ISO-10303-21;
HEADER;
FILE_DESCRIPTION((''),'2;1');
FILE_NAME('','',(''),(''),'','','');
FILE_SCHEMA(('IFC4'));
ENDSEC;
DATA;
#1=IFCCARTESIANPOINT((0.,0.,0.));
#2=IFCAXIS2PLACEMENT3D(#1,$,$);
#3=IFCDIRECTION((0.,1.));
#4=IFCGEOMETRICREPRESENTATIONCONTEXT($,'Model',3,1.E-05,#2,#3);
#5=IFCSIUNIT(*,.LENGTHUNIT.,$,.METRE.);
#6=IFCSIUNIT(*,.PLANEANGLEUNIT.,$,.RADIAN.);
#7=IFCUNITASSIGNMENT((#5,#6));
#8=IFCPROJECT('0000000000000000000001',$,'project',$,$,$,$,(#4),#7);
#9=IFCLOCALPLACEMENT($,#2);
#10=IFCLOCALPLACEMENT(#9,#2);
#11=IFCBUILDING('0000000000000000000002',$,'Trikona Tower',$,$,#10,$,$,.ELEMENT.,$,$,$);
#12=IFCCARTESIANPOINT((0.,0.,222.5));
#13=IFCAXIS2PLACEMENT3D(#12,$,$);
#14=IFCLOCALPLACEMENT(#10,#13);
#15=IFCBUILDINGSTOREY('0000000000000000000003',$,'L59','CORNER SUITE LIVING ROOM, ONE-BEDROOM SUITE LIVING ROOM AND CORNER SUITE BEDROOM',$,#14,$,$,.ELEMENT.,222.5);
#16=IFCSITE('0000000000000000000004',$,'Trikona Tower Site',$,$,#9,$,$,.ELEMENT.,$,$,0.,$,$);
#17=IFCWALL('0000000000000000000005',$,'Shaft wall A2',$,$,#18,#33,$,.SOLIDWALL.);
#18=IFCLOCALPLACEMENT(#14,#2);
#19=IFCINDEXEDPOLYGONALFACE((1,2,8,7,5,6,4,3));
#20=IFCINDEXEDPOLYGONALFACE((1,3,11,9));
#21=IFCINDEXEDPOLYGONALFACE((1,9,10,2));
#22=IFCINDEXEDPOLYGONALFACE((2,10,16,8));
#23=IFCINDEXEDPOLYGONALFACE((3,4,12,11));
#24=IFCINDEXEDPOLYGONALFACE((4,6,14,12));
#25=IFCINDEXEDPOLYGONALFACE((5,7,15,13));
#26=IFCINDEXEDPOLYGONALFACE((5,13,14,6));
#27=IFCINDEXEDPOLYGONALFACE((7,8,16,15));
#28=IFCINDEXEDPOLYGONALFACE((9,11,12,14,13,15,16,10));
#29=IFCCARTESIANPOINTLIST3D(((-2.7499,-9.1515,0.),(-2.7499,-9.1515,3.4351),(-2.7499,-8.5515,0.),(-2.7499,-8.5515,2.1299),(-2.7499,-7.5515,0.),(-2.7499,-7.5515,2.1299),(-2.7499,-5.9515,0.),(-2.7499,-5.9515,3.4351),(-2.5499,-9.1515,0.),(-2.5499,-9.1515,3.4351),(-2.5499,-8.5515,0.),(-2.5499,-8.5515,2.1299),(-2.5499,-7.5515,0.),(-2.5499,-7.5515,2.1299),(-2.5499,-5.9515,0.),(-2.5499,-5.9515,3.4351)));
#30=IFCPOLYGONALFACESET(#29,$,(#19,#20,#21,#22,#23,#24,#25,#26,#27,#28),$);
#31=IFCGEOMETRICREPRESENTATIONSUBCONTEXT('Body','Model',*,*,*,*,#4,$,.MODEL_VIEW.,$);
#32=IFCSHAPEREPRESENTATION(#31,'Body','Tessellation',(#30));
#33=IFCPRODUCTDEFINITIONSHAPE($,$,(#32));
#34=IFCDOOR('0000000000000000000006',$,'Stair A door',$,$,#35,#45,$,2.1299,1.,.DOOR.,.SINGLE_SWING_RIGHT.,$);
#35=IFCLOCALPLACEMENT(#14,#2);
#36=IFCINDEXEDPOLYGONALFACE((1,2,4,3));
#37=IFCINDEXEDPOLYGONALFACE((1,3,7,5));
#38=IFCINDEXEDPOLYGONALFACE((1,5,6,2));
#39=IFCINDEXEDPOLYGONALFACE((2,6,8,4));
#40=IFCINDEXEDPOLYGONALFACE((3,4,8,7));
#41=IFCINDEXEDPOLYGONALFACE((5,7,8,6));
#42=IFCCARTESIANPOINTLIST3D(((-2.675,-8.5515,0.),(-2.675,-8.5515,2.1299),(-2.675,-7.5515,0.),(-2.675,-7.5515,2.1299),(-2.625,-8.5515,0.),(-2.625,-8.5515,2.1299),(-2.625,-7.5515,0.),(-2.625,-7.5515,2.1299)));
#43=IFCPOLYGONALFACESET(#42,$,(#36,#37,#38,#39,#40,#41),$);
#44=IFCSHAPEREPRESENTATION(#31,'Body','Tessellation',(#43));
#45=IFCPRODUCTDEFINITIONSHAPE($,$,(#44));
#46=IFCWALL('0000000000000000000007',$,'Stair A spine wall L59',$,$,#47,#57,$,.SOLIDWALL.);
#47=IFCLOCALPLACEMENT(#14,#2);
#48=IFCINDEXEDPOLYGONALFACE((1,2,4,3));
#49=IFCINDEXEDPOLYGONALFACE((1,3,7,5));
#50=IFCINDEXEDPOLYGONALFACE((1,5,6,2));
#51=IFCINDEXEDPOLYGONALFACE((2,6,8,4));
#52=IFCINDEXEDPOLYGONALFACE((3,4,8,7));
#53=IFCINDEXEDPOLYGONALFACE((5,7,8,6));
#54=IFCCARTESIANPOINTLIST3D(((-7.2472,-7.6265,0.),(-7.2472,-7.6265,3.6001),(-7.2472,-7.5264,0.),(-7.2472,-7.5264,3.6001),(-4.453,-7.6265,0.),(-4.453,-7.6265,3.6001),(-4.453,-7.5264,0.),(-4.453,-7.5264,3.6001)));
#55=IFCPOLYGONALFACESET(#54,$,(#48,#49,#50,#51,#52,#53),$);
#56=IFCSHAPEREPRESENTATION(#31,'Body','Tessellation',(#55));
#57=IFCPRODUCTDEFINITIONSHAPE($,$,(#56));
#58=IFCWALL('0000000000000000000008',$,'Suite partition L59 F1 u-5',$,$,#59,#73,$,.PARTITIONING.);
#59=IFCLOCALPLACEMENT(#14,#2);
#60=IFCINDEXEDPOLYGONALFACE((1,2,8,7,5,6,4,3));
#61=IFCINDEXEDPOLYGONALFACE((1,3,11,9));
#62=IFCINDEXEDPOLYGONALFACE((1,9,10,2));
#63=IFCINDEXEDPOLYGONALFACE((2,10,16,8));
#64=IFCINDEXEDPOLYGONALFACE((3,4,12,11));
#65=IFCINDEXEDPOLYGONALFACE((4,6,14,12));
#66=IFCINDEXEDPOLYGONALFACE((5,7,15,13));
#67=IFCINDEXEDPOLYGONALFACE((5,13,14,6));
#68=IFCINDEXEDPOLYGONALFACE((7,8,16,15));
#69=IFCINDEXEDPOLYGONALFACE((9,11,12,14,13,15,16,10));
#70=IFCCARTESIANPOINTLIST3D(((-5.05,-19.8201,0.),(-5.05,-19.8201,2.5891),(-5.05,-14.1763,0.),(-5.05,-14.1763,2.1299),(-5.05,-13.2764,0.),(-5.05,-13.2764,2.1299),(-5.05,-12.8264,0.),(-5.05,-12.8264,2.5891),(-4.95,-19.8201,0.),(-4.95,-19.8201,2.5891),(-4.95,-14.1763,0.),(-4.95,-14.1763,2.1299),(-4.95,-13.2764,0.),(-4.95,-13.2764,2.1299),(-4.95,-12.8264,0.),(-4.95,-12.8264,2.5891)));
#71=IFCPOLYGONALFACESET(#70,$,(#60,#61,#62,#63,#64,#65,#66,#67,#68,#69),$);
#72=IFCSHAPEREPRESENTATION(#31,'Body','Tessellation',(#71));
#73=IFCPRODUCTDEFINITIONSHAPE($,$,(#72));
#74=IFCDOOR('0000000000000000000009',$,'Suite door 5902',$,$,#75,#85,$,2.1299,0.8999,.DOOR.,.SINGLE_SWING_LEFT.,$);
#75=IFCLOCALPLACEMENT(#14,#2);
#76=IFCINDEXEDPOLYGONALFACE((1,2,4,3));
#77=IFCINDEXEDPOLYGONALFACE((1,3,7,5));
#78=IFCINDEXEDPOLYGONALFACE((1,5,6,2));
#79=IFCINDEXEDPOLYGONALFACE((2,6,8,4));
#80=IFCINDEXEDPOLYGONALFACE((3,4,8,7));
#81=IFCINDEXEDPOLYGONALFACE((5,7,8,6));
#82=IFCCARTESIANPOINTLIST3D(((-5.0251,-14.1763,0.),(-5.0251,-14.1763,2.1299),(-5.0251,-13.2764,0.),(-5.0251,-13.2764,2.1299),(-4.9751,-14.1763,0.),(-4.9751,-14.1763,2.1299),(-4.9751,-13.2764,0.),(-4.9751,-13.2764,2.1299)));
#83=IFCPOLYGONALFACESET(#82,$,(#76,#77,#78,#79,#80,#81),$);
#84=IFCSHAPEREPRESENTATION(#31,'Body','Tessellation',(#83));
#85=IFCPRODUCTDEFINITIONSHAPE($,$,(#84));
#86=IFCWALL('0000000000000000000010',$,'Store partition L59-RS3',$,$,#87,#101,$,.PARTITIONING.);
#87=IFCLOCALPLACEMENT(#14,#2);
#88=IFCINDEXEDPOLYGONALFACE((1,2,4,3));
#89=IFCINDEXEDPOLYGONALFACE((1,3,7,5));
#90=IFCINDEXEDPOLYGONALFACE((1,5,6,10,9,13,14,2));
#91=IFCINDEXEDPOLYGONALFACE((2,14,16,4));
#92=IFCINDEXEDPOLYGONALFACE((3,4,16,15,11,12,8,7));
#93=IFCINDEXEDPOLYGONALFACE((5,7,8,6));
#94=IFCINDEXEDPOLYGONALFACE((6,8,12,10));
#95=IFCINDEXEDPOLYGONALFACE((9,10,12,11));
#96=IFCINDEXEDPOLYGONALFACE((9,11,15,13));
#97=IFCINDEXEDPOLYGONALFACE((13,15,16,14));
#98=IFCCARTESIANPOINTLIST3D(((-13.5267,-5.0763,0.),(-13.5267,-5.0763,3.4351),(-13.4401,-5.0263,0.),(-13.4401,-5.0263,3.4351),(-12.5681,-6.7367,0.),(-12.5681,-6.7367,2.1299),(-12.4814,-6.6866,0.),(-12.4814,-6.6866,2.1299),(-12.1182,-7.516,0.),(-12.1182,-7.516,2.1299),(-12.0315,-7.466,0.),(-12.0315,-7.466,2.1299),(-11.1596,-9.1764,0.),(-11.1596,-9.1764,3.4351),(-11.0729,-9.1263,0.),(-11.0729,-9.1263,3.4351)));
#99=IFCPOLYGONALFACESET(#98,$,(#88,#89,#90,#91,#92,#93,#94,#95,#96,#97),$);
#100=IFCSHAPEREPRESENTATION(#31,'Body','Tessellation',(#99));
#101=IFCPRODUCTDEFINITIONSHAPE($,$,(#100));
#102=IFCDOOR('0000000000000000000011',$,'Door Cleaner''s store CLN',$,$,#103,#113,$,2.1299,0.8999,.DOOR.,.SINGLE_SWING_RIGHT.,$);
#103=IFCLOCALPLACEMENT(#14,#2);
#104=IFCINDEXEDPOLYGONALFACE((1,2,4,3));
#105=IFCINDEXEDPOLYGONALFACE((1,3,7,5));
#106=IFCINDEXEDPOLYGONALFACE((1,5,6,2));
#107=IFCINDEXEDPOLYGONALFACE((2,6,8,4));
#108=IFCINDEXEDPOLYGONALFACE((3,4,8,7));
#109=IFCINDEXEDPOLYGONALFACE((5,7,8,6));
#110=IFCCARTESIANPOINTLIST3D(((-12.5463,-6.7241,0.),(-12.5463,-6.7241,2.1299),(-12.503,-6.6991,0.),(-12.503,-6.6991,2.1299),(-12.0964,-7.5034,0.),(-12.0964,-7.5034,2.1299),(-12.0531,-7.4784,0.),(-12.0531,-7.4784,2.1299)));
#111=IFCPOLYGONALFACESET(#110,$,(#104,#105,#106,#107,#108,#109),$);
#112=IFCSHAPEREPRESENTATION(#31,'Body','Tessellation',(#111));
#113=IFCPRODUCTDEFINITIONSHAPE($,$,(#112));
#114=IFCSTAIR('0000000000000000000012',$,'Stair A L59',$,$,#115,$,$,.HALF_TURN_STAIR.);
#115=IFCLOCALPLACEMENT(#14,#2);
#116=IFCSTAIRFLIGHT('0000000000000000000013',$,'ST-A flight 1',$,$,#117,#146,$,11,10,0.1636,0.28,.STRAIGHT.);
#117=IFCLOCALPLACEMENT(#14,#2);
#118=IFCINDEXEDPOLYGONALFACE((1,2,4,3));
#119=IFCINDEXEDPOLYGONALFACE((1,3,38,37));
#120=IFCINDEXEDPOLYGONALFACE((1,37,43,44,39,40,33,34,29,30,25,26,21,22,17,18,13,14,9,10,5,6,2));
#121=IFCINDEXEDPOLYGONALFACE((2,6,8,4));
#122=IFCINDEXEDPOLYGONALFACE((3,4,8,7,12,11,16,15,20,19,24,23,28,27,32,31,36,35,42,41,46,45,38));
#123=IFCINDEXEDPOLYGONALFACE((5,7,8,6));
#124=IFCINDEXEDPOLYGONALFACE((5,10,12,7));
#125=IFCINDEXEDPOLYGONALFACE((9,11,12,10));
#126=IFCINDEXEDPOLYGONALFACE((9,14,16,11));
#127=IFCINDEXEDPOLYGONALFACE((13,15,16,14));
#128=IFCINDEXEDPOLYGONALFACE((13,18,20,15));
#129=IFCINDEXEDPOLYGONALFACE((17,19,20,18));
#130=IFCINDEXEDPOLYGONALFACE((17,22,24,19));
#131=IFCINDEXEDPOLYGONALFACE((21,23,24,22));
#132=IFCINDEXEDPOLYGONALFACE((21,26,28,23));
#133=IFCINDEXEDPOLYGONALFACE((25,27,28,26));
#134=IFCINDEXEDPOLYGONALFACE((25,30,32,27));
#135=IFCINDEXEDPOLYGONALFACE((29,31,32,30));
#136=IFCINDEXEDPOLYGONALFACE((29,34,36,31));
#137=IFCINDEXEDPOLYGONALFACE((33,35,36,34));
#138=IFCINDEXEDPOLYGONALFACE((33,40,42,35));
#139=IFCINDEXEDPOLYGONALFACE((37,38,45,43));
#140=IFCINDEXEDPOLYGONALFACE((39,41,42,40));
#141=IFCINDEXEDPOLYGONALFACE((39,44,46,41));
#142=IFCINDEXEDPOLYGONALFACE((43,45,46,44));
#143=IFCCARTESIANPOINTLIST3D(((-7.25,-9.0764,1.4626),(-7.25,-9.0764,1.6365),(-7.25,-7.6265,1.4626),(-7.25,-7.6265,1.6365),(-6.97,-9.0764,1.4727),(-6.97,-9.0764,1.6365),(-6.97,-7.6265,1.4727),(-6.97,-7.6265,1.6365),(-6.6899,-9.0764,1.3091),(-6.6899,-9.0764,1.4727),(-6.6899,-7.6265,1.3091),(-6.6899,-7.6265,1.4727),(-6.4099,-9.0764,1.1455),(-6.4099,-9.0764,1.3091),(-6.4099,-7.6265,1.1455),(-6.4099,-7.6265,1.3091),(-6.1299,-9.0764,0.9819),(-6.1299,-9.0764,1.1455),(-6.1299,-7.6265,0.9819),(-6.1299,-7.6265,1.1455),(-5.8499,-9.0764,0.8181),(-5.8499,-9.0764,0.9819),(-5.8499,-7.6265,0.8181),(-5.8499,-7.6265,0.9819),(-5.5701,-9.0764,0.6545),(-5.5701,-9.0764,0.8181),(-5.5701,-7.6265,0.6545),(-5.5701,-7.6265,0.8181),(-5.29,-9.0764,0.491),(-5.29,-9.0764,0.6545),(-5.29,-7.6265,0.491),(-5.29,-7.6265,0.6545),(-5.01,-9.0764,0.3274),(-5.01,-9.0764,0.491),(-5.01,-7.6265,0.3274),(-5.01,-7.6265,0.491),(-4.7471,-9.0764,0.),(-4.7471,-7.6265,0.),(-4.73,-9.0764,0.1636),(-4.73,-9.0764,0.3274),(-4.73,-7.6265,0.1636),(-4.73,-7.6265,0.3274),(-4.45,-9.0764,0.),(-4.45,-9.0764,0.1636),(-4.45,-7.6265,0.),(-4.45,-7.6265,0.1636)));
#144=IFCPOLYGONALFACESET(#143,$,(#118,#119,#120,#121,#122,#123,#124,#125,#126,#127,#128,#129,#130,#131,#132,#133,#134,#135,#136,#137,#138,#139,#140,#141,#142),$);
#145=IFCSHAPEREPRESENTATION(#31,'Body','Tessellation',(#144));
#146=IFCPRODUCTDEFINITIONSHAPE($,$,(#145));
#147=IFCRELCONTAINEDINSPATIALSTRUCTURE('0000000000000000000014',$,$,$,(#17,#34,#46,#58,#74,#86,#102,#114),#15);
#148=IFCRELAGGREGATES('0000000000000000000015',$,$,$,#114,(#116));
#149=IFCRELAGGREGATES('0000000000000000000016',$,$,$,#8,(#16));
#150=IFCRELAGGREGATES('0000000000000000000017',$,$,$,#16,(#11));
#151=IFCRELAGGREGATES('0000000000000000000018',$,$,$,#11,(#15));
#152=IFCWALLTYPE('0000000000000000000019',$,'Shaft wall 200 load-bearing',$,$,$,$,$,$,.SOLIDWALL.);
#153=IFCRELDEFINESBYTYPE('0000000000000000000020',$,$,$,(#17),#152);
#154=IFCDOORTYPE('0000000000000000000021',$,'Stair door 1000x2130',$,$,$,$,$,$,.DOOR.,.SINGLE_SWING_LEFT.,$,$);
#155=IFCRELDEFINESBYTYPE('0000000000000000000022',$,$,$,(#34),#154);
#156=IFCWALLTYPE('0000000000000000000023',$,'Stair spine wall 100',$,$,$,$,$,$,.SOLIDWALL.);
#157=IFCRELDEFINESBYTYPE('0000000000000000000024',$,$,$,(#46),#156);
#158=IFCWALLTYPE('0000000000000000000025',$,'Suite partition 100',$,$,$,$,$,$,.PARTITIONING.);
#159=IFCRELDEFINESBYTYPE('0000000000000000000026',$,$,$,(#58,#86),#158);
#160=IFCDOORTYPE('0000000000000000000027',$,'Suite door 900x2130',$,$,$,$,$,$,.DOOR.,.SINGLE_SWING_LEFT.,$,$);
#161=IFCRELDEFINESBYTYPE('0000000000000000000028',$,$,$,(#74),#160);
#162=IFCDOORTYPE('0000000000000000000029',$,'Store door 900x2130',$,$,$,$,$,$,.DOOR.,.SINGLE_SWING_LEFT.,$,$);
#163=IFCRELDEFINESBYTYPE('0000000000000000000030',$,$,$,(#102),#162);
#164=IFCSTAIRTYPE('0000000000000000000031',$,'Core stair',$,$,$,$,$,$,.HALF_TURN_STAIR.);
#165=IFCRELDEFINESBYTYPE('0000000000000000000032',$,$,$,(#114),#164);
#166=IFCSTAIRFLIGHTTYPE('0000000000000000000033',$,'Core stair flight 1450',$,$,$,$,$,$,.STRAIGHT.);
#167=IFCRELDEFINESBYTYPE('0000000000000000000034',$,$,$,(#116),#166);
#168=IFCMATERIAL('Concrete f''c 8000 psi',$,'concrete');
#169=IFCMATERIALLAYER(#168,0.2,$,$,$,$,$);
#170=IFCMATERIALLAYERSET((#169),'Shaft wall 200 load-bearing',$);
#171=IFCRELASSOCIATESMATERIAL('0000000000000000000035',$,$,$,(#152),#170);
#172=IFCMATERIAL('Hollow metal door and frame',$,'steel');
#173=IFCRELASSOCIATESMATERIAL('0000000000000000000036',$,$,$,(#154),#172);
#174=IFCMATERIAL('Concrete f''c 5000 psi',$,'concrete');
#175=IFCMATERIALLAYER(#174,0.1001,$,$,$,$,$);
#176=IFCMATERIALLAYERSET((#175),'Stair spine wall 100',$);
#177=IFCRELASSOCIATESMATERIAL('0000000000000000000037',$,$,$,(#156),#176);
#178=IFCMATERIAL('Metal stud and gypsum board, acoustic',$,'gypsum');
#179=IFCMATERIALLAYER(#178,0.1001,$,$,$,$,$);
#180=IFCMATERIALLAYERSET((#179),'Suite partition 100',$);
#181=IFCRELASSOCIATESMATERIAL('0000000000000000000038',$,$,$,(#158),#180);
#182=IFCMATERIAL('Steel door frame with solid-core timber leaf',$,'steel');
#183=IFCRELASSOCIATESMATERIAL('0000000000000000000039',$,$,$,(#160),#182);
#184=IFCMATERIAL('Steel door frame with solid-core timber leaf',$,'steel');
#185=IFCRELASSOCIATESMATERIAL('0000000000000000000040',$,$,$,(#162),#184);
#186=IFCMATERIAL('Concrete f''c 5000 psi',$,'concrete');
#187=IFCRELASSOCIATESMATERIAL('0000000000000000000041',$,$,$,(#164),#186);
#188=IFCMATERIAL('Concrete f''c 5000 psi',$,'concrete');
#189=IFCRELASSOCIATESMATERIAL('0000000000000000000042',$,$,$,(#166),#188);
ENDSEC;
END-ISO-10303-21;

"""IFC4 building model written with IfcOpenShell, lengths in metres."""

from ifc_helpers import new_model, si_unit, direction, frame, frame_2d, origin, place, context, subcontext, project, spatial, polyline, rectangle, outline, extrude, material, layer, layer_set, type_object, element, fill, aggregate, save


model = new_model("IFC4")

# Units and contexts
model_context = context("Model", 3, precision=1e-05, world=origin(), true_north=direction((0.0, 1.0)))
body_context = subcontext(model_context, "Body", "Model", "MODEL_VIEW")
ifc_project = project(units=[si_unit("LENGTHUNIT", "METRE"), si_unit("PLANEANGLEUNIT", "RADIAN")], contexts=[model_context])

# Site, building, storey
site_placement = place(None, origin())
site = spatial("IfcSite", under=ifc_project, at=site_placement, Name="Trikona Tower Site", CompositionType="ELEMENT", RefElevation=0.0)
building_placement = place(site_placement, origin())
building = spatial("IfcBuilding", under=site, at=building_placement, Name="Trikona Tower", CompositionType="ELEMENT")
storey_placement = place(building_placement, frame((0.0, 0.0, 222.5)))
storey = spatial("IfcBuildingStorey", under=building, at=storey_placement, Name="L59", Description="CORNER SUITE LIVING ROOM, ONE-BEDROOM SUITE LIVING ROOM AND CORNER SUITE BEDROOM", CompositionType="ELEMENT", Elevation=222.5)

# Shared definitions
ifc_material_1 = material(Name="Concrete f'c 8000 psi", Category="concrete")
ifc_layer_1 = layer(ifc_material_1, 0.2)
ifc_layer_set_1 = layer_set([ifc_layer_1], Name="Shaft wall 200 load-bearing")
wall_type_1 = type_object("IfcWallType", Name="Shaft wall 200 load-bearing", PredefinedType="SOLIDWALL", material=ifc_layer_set_1)

# Wall, opening, door
wall_1_placement = place(storey_placement, frame((-2.6499, -5.9514, 0.0), z_axis=(0.0, 0.0, 1.0), x_axis=(0.0, -1.0, 0.0)))
wall_1 = element("IfcWall", 1, at=wall_1_placement, inside=storey, type_object=wall_type_1, Name="Shaft wall A2", PredefinedType="SOLIDWALL", context=body_context, shape_type="SweptSolid", body=[
    extrude(rectangle(XDim=3.2, YDim=0.2, at=frame_2d((1.6001, 0.0))), origin(), (0.0, 0.0, 1.0), 3.4351),
])
opening_1_placement = place(wall_1_placement, frame((1.6001, 0.0, 0.0)))
opening_1 = element("IfcOpeningElement", 2, at=opening_1_placement, cuts=wall_1, PredefinedType="OPENING", context=body_context, shape_type="SweptSolid", body=[
    extrude(rectangle(XDim=1.0, YDim=2.1299, at=frame_2d((0.5, 1.0649))), frame((0.0, 0.1099, 0.0), z_axis=(0.0, -1.0, 0.0), x_axis=(1.0, 0.0, 0.0)), (0.0, 0.0, 1.0), 0.22),
])
ifc_material_2 = material(Name="Hollow metal door and frame", Category="steel")
door_type_1 = type_object("IfcDoorType", Name="Stair door 1000x2130", OperationType="SINGLE_SWING_LEFT", PredefinedType="DOOR", material=ifc_material_2)
door_1_placement = place(opening_1_placement, origin())
door_1 = element("IfcDoor", 3, at=door_1_placement, inside=storey, type_object=door_type_1, Name="Stair A door", OperationType="SINGLE_SWING_RIGHT", OverallHeight=2.1299, OverallWidth=1.0, PredefinedType="DOOR", context=body_context, shape_type="SweptSolid", body=[
    extrude(rectangle(XDim=1.0, YDim=2.1299, at=frame_2d((0.5, 1.0649))), frame((0.0, 0.0249, 0.0), z_axis=(0.0, -1.0, 0.0), x_axis=(1.0, 0.0, 0.0)), (0.0, 0.0, 1.0), 0.05),
])
fill(opening_1, door_1)

# Wall
ifc_material_3 = material(Name="Concrete f'c 5000 psi", Category="concrete")
ifc_layer_2 = layer(ifc_material_3, 0.1001)
ifc_layer_set_2 = layer_set([ifc_layer_2], Name="Stair spine wall 100")
wall_type_2 = type_object("IfcWallType", Name="Stair spine wall 100", PredefinedType="SOLIDWALL", material=ifc_layer_set_2)
wall_2_placement = place(storey_placement, frame((-7.2471, -7.5764, 0.0), z_axis=(0.0, 0.0, 1.0), x_axis=(1.0, 0.0, 0.0)))
element("IfcWall", 4, at=wall_2_placement, inside=storey, type_object=wall_type_2, Name="Stair A spine wall L59", PredefinedType="SOLIDWALL", context=body_context, shape_type="SweptSolid", body=[
    extrude(rectangle(XDim=2.7942, YDim=0.1001, at=frame_2d((1.397, 0.0))), origin(), (0.0, 0.0, 1.0), 3.6001),
])

# Walls, openings, doors
ifc_material_4 = material(Name="Metal stud and gypsum board, acoustic", Category="gypsum")
ifc_layer_3 = layer(ifc_material_4, 0.1001)
ifc_layer_set_3 = layer_set([ifc_layer_3], Name="Suite partition 100")
wall_type_3 = type_object("IfcWallType", Name="Suite partition 100", PredefinedType="PARTITIONING", material=ifc_layer_set_3)
wall_3_placement = place(storey_placement, frame((-5.0, -12.8264, 0.0), z_axis=(0.0, 0.0, 1.0), x_axis=(0.0, -1.0, 0.0)))
wall_3 = element("IfcWall", 5, at=wall_3_placement, inside=storey, type_object=wall_type_3, Name="Suite partition L59 F1 u-5", PredefinedType="PARTITIONING", context=body_context, shape_type="SweptSolid", body=[
    extrude(rectangle(XDim=6.9937, YDim=0.1001, at=frame_2d((3.4968, 0.0))), origin(), (0.0, 0.0, 1.0), 2.5891),
])
opening_2_placement = place(wall_3_placement, frame((0.45, 0.0, 0.0)))
opening_2 = element("IfcOpeningElement", 6, at=opening_2_placement, cuts=wall_3, PredefinedType="OPENING", context=body_context, shape_type="SweptSolid", body=[
    extrude(rectangle(XDim=0.8999, YDim=2.1299, at=frame_2d((0.45, 1.0649))), frame((0.0, 0.0601, 0.0), z_axis=(0.0, -1.0, 0.0), x_axis=(1.0, 0.0, 0.0)), (0.0, 0.0, 1.0), 0.1201),
])
ifc_material_5 = material(Name="Steel door frame with solid-core timber leaf", Category="steel")
door_type_2 = type_object("IfcDoorType", Name="Suite door 900x2130", OperationType="SINGLE_SWING_LEFT", PredefinedType="DOOR", material=ifc_material_5)
door_2_placement = place(opening_2_placement, origin())
door_2 = element("IfcDoor", 7, at=door_2_placement, inside=storey, type_object=door_type_2, Name="Suite door 5902", OperationType="SINGLE_SWING_LEFT", OverallHeight=2.1299, OverallWidth=0.8999, PredefinedType="DOOR", context=body_context, shape_type="SweptSolid", body=[
    extrude(rectangle(XDim=0.8999, YDim=2.1299, at=frame_2d((0.45, 1.0649))), frame((0.0, 0.0249, 0.0), z_axis=(0.0, -1.0, 0.0), x_axis=(1.0, 0.0, 0.0)), (0.0, 0.0, 1.0), 0.05),
])
fill(opening_2, door_2)
wall_4_placement = place(storey_placement, frame((-11.1162, -9.1514, 0.0), z_axis=(0.0, 0.0, 1.0), x_axis=(-0.499999, 0.866026, 0.0)))
wall_4 = element("IfcWall", 8, at=wall_4_placement, inside=storey, type_object=wall_type_3, Name="Store partition L59-RS3", PredefinedType="PARTITIONING", context=body_context, shape_type="SweptSolid", body=[
    extrude(rectangle(XDim=4.7344, YDim=0.1001, at=frame_2d((2.3672, 0.0))), origin(), (0.0, 0.0, 1.0), 3.4351),
])
opening_3_placement = place(wall_4_placement, frame((1.9172, 0.0, 0.0)))
opening_3 = element("IfcOpeningElement", 9, at=opening_3_placement, cuts=wall_4, PredefinedType="OPENING", context=body_context, shape_type="SweptSolid", body=[
    extrude(rectangle(XDim=0.8999, YDim=2.1299, at=frame_2d((0.45, 1.0649))), frame((0.0, 0.0601, 0.0), z_axis=(0.0, -1.0, 0.0), x_axis=(1.0, 0.0, 0.0)), (0.0, 0.0, 1.0), 0.1201),
])
ifc_material_6 = material(Name="Steel door frame with solid-core timber leaf", Category="steel")
door_type_3 = type_object("IfcDoorType", Name="Store door 900x2130", OperationType="SINGLE_SWING_LEFT", PredefinedType="DOOR", material=ifc_material_6)
door_3_placement = place(opening_3_placement, origin())
door_3 = element("IfcDoor", 10, at=door_3_placement, inside=storey, type_object=door_type_3, Name="Door Cleaner's store CLN", OperationType="SINGLE_SWING_RIGHT", OverallHeight=2.1299, OverallWidth=0.8999, PredefinedType="DOOR", context=body_context, shape_type="SweptSolid", body=[
    extrude(rectangle(XDim=0.8999, YDim=2.1299, at=frame_2d((0.45, 1.0649))), frame((0.0, 0.0249, 0.0), z_axis=(0.0, -1.0, 0.0), x_axis=(1.0, 0.0, 0.0)), (0.0, 0.0, 1.0), 0.05),
])
fill(opening_3, door_3)

# Stair, stair flight
ifc_material_7 = material(Name="Concrete f'c 5000 psi", Category="concrete")
stair_type = type_object("IfcStairType", Name="Core stair", PredefinedType="HALF_TURN_STAIR", material=ifc_material_7)
stair_placement = place(storey_placement, origin())
stair = element("IfcStair", 11, at=stair_placement, inside=storey, type_object=stair_type, Name="Stair A L59", PredefinedType="HALF_TURN_STAIR")
ifc_material_8 = material(Name="Concrete f'c 5000 psi", Category="concrete")
stair_flight_type = type_object("IfcStairFlightType", Name="Core stair flight 1450", PredefinedType="STRAIGHT", material=ifc_material_8)
stair_flight_1_placement = place(storey_placement, frame((-4.45, -8.3513, 0.0), z_axis=(0.0, 0.0, 1.0), x_axis=(-1.0, 0.0, 0.0)))
stair_flight_1 = element("IfcStairFlight", 12, at=stair_flight_1_placement, type_object=stair_flight_type, Name="ST-A flight 1", NumberOfRisers=11, NumberOfTreads=10, PredefinedType="STRAIGHT", RiserHeight=0.1636, TreadLength=0.28, context=body_context, shape_type="SweptSolid", body=[
    extrude(outline(polyline([(0.0, 0.0), (0.0, 0.1636), (0.28, 0.1636), (0.28, 0.3274), (0.5601, 0.3274), (0.5601, 0.491), (0.8401, 0.491), (0.8401, 0.6545), (1.1201, 0.6545), (1.1201, 0.8181), (1.3999, 0.8181), (1.3999, 0.9819), (1.6799, 0.9819), (1.6799, 1.1455), (1.96, 1.1455), (1.96, 1.3091), (2.24, 1.3091), (2.24, 1.4727), (2.52, 1.4727), (2.52, 1.6365), (2.8, 1.6365), (2.8, 1.8), (2.8, 1.4626), (0.2971, 0.0), (0.0, 0.0)])), frame((0.0, 0.7251, 0.0), z_axis=(0.0, -1.0, 0.0), x_axis=(1.0, 0.0, 0.0)), (0.0, 0.0, 1.0), 1.45),
])
aggregate(stair, [stair_flight_1])

save(model, "model.ifc")
